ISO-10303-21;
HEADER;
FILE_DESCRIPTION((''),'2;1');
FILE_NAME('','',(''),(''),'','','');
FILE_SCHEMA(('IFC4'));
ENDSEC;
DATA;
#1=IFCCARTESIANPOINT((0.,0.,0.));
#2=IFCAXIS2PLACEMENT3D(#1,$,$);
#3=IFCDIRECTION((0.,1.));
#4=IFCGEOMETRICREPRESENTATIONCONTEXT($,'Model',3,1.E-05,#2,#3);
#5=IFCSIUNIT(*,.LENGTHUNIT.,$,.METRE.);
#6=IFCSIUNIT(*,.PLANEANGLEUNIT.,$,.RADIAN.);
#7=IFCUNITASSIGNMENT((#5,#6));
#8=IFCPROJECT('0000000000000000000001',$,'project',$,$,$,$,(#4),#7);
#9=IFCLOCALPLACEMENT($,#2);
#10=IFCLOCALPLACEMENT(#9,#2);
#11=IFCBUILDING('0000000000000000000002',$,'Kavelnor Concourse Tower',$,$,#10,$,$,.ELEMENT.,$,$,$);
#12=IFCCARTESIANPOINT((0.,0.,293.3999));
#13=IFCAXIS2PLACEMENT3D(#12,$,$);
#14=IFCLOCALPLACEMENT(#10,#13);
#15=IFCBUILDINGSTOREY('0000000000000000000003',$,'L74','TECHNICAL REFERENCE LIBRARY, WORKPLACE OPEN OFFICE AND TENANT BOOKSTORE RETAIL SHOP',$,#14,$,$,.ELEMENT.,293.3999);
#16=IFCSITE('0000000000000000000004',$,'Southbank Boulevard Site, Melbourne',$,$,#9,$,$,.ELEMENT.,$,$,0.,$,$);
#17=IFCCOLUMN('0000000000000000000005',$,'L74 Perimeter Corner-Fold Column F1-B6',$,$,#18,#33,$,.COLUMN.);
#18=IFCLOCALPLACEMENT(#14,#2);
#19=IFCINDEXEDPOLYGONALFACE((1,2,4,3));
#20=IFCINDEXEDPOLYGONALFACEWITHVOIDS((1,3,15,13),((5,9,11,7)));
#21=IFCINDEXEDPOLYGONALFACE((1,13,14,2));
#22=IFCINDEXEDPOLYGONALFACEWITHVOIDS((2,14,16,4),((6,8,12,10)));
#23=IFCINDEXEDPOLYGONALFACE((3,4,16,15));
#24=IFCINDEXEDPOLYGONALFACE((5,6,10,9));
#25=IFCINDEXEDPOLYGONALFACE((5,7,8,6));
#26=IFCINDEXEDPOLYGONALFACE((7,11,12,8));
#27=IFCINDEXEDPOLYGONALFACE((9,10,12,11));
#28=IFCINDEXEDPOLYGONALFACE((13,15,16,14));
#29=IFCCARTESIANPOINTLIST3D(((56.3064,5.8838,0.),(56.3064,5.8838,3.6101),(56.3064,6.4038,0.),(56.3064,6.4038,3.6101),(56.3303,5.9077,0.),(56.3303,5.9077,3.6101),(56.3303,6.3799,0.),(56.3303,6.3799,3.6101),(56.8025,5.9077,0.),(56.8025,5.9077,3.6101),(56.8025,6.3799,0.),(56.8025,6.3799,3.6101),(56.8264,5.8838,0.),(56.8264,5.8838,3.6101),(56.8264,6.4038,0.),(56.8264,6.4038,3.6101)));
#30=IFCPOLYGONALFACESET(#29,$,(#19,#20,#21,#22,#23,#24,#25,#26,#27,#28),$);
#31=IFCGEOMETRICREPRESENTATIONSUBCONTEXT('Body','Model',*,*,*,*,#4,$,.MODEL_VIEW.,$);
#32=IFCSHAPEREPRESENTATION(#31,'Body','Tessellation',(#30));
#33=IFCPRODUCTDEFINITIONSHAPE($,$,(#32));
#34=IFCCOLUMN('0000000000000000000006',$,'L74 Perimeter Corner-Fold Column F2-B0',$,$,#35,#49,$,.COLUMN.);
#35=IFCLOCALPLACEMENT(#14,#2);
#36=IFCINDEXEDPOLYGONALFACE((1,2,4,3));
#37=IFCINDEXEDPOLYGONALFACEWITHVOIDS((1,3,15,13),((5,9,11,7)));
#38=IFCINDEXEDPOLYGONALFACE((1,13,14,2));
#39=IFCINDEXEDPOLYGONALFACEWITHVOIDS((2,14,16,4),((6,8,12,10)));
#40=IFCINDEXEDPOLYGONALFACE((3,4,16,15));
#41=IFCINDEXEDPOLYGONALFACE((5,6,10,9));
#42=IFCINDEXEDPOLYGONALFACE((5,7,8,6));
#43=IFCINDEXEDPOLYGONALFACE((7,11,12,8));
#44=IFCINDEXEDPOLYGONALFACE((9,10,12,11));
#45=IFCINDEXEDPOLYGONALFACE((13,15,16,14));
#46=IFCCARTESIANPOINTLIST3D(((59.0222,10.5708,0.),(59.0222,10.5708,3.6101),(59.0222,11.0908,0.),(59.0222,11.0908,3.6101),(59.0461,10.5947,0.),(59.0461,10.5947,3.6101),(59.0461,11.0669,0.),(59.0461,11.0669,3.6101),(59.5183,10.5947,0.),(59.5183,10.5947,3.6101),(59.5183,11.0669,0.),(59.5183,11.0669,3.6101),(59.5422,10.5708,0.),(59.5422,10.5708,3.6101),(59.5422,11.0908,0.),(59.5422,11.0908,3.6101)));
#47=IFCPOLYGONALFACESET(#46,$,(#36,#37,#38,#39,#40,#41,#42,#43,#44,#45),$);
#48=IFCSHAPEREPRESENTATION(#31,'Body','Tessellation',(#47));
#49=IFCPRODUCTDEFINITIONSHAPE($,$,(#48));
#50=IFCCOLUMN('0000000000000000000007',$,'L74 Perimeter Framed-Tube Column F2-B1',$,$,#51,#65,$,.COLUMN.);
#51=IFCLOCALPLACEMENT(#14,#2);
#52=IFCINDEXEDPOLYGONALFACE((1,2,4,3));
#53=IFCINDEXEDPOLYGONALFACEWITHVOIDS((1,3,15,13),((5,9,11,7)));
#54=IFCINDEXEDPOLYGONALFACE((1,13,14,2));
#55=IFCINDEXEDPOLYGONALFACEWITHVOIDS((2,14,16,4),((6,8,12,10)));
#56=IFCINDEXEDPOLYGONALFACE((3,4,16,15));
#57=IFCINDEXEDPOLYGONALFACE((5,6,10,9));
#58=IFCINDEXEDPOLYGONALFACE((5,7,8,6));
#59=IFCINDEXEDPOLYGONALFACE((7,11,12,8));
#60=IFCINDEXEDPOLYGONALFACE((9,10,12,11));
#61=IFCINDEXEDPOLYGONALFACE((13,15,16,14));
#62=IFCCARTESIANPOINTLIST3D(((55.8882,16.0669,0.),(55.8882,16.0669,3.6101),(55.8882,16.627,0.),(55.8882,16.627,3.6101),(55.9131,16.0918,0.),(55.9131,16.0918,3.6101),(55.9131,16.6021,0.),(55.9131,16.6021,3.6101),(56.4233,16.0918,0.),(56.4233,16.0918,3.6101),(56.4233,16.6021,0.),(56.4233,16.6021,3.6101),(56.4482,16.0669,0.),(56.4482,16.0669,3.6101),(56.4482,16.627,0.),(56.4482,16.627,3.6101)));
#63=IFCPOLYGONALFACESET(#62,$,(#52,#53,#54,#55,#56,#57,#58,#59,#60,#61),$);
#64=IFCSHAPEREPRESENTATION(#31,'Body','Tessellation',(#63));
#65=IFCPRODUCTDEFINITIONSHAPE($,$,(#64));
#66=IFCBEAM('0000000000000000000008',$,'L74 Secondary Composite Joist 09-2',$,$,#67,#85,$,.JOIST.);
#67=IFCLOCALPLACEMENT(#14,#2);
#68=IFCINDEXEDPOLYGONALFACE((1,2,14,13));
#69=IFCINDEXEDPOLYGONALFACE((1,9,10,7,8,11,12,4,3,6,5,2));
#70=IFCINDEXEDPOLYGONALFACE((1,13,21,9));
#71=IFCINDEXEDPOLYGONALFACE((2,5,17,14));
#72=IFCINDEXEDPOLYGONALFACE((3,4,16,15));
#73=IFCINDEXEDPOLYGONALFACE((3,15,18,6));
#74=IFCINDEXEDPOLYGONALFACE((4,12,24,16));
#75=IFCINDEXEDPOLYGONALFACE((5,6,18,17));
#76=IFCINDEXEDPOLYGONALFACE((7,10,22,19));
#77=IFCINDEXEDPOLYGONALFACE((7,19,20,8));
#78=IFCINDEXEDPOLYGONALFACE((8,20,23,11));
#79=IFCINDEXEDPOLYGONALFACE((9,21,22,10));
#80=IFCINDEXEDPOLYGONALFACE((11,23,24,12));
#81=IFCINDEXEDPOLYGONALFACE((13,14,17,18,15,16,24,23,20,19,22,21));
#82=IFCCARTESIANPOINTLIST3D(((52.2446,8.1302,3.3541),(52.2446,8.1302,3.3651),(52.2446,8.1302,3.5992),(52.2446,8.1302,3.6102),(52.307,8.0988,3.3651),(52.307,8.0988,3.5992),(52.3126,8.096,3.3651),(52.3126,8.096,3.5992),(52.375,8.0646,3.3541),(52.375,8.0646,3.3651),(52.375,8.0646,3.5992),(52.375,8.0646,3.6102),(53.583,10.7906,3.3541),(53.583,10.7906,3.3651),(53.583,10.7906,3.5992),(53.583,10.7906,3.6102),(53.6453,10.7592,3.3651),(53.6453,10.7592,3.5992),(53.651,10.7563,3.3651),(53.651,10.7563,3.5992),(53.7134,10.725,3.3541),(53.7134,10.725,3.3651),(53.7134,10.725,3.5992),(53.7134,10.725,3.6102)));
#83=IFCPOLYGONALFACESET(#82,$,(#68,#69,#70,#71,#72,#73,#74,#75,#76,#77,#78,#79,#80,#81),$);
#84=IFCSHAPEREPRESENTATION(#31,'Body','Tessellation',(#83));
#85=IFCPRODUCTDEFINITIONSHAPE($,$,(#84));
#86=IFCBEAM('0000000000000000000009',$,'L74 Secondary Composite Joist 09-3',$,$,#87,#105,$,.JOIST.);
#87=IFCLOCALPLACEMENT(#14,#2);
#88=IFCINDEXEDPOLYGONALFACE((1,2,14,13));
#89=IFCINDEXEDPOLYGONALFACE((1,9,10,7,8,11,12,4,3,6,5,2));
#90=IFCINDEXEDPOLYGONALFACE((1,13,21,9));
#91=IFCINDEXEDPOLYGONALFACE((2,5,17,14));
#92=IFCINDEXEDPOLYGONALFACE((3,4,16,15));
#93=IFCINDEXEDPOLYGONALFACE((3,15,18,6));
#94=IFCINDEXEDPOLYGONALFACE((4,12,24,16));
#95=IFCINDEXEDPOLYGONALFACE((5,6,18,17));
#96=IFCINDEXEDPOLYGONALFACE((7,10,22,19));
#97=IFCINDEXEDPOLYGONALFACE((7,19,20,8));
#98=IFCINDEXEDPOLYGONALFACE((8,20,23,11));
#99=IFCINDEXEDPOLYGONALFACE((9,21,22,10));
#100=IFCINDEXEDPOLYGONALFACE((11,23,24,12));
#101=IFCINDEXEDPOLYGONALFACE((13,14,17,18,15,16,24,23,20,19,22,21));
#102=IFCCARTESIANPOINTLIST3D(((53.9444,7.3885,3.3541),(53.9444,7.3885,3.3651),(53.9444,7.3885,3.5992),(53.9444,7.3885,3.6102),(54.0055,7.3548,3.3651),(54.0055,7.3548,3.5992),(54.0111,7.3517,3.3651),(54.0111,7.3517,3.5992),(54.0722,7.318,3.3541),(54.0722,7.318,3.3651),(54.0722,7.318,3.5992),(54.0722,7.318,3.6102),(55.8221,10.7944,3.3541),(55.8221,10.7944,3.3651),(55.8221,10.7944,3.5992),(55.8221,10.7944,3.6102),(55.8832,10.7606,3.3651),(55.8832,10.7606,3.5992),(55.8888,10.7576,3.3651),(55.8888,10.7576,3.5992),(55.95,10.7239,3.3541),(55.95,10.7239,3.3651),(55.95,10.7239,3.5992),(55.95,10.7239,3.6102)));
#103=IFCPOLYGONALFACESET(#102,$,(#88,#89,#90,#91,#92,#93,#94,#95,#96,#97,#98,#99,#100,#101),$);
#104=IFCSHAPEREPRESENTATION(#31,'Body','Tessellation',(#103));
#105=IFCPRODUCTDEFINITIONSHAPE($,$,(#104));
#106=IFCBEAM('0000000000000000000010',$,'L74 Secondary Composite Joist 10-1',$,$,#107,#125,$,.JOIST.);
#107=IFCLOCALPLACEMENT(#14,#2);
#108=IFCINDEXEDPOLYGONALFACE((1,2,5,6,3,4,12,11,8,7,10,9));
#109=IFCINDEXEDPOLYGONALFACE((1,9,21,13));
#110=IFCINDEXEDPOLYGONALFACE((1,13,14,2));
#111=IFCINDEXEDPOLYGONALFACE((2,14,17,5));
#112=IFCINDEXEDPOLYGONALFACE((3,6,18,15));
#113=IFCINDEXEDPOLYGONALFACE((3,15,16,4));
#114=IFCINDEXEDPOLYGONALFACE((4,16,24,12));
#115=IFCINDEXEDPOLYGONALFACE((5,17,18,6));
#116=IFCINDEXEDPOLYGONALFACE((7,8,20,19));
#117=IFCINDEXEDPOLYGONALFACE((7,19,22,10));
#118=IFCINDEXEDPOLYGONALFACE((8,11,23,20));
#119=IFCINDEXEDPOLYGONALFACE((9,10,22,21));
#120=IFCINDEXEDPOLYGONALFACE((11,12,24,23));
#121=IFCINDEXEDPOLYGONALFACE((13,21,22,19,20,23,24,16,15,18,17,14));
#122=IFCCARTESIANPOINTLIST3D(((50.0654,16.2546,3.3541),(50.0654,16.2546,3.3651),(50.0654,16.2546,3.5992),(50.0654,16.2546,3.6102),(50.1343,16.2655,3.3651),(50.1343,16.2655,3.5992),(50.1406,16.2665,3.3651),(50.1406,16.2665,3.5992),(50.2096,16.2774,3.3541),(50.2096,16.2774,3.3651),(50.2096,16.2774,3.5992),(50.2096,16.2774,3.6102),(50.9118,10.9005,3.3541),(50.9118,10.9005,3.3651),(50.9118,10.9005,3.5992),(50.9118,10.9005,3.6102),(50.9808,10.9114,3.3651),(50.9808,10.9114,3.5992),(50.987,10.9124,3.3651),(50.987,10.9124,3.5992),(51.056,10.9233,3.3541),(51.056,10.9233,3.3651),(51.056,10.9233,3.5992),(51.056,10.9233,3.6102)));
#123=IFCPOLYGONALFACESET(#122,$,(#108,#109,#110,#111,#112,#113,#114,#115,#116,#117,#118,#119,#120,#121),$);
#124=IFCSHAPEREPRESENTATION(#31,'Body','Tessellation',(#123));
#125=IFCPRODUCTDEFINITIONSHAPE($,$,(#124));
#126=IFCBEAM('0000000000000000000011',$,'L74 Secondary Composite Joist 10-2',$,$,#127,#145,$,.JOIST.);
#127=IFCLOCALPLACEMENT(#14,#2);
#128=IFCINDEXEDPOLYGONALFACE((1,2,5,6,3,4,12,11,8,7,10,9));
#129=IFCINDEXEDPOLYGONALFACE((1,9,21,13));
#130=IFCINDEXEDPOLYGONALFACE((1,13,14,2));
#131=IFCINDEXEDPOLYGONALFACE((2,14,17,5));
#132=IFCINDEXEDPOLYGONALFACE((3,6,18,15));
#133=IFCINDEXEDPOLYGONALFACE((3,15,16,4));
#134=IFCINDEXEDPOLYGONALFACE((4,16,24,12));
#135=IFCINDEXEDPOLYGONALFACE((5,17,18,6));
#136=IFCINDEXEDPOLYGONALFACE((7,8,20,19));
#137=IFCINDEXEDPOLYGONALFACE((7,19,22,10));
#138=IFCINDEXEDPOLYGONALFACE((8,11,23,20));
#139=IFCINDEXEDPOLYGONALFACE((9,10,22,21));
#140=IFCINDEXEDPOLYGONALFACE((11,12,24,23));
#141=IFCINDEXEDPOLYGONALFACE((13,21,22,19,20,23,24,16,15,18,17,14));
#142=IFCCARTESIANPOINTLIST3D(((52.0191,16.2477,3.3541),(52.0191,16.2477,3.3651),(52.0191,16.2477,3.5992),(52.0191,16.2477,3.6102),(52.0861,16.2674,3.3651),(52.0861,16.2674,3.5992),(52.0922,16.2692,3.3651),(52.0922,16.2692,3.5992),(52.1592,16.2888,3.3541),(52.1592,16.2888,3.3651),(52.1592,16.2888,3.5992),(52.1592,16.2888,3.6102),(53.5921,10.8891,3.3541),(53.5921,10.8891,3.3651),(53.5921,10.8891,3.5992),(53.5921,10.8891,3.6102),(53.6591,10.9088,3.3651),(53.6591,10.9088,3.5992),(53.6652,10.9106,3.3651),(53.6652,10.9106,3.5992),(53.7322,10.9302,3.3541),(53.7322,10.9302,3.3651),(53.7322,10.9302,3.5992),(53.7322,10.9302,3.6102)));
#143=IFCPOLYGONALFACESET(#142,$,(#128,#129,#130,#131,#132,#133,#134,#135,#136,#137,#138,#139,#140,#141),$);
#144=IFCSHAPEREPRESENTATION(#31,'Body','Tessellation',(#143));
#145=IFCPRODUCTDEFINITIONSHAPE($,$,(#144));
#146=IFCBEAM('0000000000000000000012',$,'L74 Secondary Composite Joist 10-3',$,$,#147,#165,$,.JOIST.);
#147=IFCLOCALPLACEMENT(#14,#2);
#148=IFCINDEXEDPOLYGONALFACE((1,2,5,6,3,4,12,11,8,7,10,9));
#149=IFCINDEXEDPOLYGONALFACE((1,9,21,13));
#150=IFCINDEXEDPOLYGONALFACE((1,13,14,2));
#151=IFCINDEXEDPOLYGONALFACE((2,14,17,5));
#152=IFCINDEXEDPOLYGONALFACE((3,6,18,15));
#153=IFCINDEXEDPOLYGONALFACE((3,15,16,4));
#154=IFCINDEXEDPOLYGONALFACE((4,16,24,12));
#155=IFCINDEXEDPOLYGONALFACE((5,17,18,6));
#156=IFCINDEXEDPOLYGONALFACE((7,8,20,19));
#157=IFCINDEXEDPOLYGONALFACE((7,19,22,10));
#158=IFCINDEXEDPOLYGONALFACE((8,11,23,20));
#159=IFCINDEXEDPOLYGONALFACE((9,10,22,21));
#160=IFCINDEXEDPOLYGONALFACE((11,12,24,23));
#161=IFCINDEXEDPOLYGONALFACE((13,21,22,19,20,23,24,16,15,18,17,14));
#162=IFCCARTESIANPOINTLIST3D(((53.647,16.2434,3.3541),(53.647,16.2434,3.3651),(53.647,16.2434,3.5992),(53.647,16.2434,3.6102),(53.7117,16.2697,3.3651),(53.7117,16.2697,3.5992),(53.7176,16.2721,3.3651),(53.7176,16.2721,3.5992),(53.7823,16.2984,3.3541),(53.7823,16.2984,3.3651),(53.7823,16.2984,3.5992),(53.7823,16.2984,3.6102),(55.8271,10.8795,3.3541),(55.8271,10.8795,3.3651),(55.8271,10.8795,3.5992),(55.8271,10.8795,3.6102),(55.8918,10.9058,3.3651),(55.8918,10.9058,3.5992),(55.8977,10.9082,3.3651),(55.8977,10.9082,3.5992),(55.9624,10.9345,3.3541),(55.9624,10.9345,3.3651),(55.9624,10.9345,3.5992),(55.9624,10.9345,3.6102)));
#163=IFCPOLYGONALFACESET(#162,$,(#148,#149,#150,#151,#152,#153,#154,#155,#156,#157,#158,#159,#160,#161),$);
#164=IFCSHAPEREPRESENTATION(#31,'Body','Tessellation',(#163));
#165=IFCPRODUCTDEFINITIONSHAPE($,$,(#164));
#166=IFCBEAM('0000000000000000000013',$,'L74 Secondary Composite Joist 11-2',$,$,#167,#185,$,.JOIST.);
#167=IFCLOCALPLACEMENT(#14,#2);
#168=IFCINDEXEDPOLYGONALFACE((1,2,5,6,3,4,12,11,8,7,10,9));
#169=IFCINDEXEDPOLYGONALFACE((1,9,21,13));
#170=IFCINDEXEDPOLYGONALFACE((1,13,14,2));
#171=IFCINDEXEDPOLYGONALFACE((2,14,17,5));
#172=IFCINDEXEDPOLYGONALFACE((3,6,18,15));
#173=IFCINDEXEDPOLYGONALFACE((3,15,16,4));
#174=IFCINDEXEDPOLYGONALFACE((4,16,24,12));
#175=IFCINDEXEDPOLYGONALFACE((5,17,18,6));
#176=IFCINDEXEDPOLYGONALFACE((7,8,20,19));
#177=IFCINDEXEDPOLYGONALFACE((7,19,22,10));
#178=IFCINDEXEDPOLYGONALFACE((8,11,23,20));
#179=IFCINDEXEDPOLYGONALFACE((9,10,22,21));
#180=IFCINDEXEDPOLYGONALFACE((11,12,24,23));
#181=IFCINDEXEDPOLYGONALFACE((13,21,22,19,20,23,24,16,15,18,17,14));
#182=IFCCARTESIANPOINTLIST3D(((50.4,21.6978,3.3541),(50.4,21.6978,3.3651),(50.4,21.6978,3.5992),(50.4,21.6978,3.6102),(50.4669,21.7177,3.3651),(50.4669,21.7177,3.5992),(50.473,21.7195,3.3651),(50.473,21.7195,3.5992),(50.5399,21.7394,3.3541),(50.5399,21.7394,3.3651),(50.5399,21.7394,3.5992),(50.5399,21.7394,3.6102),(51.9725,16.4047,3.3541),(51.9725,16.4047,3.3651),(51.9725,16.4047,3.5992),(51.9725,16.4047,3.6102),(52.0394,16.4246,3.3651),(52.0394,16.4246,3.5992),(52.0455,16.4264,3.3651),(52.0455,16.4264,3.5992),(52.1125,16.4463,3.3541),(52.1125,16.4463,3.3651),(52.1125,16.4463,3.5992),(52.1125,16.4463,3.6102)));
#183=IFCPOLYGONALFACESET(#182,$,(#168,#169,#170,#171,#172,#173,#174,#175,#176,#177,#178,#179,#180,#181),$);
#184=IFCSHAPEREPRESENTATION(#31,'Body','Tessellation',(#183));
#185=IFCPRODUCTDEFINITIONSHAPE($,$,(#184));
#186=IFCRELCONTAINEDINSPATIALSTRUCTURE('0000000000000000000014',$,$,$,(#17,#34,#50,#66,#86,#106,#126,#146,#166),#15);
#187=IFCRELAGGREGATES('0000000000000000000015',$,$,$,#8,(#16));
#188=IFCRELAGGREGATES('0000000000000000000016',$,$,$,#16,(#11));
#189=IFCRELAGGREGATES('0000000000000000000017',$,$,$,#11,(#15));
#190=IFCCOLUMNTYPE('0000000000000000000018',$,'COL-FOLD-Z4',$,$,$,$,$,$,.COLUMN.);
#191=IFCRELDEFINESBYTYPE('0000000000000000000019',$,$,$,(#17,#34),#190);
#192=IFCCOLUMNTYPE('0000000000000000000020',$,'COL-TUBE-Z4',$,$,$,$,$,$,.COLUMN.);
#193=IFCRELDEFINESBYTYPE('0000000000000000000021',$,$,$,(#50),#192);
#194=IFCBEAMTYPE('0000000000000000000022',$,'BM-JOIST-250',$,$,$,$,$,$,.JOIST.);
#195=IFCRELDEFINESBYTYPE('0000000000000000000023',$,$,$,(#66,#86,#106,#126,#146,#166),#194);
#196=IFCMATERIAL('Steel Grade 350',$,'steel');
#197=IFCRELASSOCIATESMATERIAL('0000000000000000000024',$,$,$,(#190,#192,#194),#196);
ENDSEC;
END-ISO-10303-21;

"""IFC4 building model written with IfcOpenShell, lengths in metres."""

from ifc_helpers import new_model, si_unit, direction, frame, origin, origin_2d, place, context, subcontext, project, spatial, hollow_rectangle, i_section, extrude, material, material_profile, profile_set, type_object, element, save


model = new_model("IFC4")

# Units and contexts
model_context = context("Model", 3, precision=1e-05, world=origin(), true_north=direction((0.0, 1.0)))
body_context = subcontext(model_context, "Body", "Model", "MODEL_VIEW")
ifc_project = project(units=[si_unit("LENGTHUNIT", "METRE"), si_unit("PLANEANGLEUNIT", "RADIAN")], contexts=[model_context])

# Site, building, storey
site_placement = place(None, origin())
site = spatial("IfcSite", under=ifc_project, at=site_placement, Name="Southbank Boulevard Site, Melbourne", CompositionType="ELEMENT", RefElevation=0.0)
building_placement = place(site_placement, origin())
building = spatial("IfcBuilding", under=site, at=building_placement, Name="Kavelnor Concourse Tower", CompositionType="ELEMENT")
storey_placement = place(building_placement, frame((0.0, 0.0, 293.3999)))
storey = spatial("IfcBuildingStorey", under=building, at=storey_placement, Name="L74", Description="TECHNICAL REFERENCE LIBRARY, WORKPLACE OPEN OFFICE AND TENANT BOOKSTORE RETAIL SHOP", CompositionType="ELEMENT", Elevation=293.3999)

# Columns
ifc_material_1 = material(Name="Steel Grade 350", Category="steel")
ifc_material_profile_1 = material_profile(ifc_material_1, hollow_rectangle(XDim=0.52, YDim=0.52, WallThickness=0.0239, at=origin_2d()), Name="SHS 520x520x24")
ifc_profile_set_1 = profile_set([ifc_material_profile_1], Name="Steel Grade 350")
column_type_1 = type_object("IfcColumnType", Name="COL-FOLD-Z4", PredefinedType="COLUMN", material=ifc_profile_set_1)
for number, where, z_axis, x_axis, name in (
    (1, (56.5664, 6.1438, 0.0), (0.0, 0.0, 1.0), (1.0, 0.0, 0.0), "L74 Perimeter Corner-Fold Column F1-B6"),
    (2, (59.2822, 10.8308, 0.0), (0.0, 0.0, 1.0), (1.0, 0.0, 0.0), "L74 Perimeter Corner-Fold Column F2-B0"),
):
    element("IfcColumn", number, at=place(storey_placement, frame(where, z_axis=z_axis, x_axis=x_axis)), inside=storey, type_object=column_type_1, Name=name, PredefinedType="COLUMN", context=body_context, shape_type="SweptSolid", body=[
        extrude(hollow_rectangle(XDim=0.52, YDim=0.52, WallThickness=0.0239, at=origin_2d()), origin(), (0.0, 0.0, 1.0), 3.6101),
    ])
ifc_material_profile_2 = material_profile(ifc_material_1, hollow_rectangle(XDim=0.5601, YDim=0.5601, WallThickness=0.0249, at=origin_2d()), Name="SHS 560x560x25")
ifc_profile_set_2 = profile_set([ifc_material_profile_2], Name="Steel Grade 350")
column_type_2 = type_object("IfcColumnType", Name="COL-TUBE-Z4", PredefinedType="COLUMN", material=ifc_profile_set_2)
column_placement = place(storey_placement, frame((56.1682, 16.3469, 0.0), z_axis=(0.0, 0.0, 1.0), x_axis=(1.0, 0.0, 0.0)))
element("IfcColumn", 3, at=column_placement, inside=storey, type_object=column_type_2, Name="L74 Perimeter Framed-Tube Column F2-B1", PredefinedType="COLUMN", context=body_context, shape_type="SweptSolid", body=[
    extrude(hollow_rectangle(XDim=0.5601, YDim=0.5601, WallThickness=0.0249, at=origin_2d()), origin(), (0.0, 0.0, 1.0), 3.6101),
])

# Beams
ifc_material_profile_3 = material_profile(ifc_material_1, i_section(OverallWidth=0.146, OverallDepth=0.2561, WebThickness=0.0063, FlangeThickness=0.011, at=origin_2d()), Name="250UB37")
ifc_profile_set_3 = profile_set([ifc_material_profile_3], Name="Steel Grade 350")
beam_type_1 = type_object("IfcBeamType", Name="BM-JOIST-250", PredefinedType="JOIST", material=ifc_profile_set_3)
beam_1_placement = place(storey_placement, frame((52.3098, 8.0974, 3.4822), z_axis=(0.449409, 0.893326, 0.0), x_axis=(-0.893326, 0.449409, 0.0)))
element("IfcBeam", 4, at=beam_1_placement, inside=storey, type_object=beam_type_1, Name="L74 Secondary Composite Joist 09-2", PredefinedType="JOIST", context=body_context, shape_type="SweptSolid", body=[
    extrude(i_section(OverallWidth=0.146, OverallDepth=0.2561, WebThickness=0.0063, FlangeThickness=0.011, at=origin_2d()), origin(), (0.0, 0.0, 1.0), 2.978),
])
beam_2_placement = place(storey_placement, frame((54.0083, 7.3533, 3.4822), z_axis=(0.48281, 0.875725, 0.0), x_axis=(-0.875725, 0.48281, 0.0)))
element("IfcBeam", 5, at=beam_2_placement, inside=storey, type_object=beam_type_1, Name="L74 Secondary Composite Joist 09-3", PredefinedType="JOIST", context=body_context, shape_type="SweptSolid", body=[
    extrude(i_section(OverallWidth=0.146, OverallDepth=0.2561, WebThickness=0.0063, FlangeThickness=0.011, at=origin_2d()), origin(), (0.0, 0.0, 1.0), 3.8892),
])
beam_3_placement = place(storey_placement, frame((50.9839, 10.9119, 3.4822), z_axis=(-0.156148, 0.987734, 0.0), x_axis=(-0.987734, -0.156148, 0.0)))
element("IfcBeam", 6, at=beam_3_placement, inside=storey, type_object=beam_type_1, Name="L74 Secondary Composite Joist 10-1", PredefinedType="JOIST", context=body_context, shape_type="SweptSolid", body=[
    extrude(i_section(OverallWidth=0.146, OverallDepth=0.2561, WebThickness=0.0063, FlangeThickness=0.011, at=origin_2d()), origin(), (0.0, 0.0, 1.0), 5.4207),
])
beam_4_placement = place(storey_placement, frame((53.6621, 10.9097, 3.4822), z_axis=(-0.28166, 0.959514, 0.0), x_axis=(-0.959514, -0.28166, 0.0)))
element("IfcBeam", 7, at=beam_4_placement, inside=storey, type_object=beam_type_1, Name="L74 Secondary Composite Joist 10-2", PredefinedType="JOIST", context=body_context, shape_type="SweptSolid", body=[
    extrude(i_section(OverallWidth=0.146, OverallDepth=0.2561, WebThickness=0.0063, FlangeThickness=0.011, at=origin_2d()), origin(), (0.0, 0.0, 1.0), 5.5847),
])
beam_5_placement = place(storey_placement, frame((55.8948, 10.907, 3.4822), z_axis=(-0.376532, 0.926404, 0.0), x_axis=(-0.926404, -0.376532, 0.0)))
element("IfcBeam", 8, at=beam_5_placement, inside=storey, type_object=beam_type_1, Name="L74 Secondary Composite Joist 10-3", PredefinedType="JOIST", context=body_context, shape_type="SweptSolid", body=[
    extrude(i_section(OverallWidth=0.146, OverallDepth=0.2561, WebThickness=0.0063, FlangeThickness=0.011, at=origin_2d()), origin(), (0.0, 0.0, 1.0), 5.79),
])
beam_6_placement = place(storey_placement, frame((52.0425, 16.4255, 3.4822), z_axis=(-0.284791, 0.95859, 0.0), x_axis=(-0.95859, -0.284791, 0.0)))
element("IfcBeam", 9, at=beam_6_placement, inside=storey, type_object=beam_type_1, Name="L74 Secondary Composite Joist 11-2", PredefinedType="JOIST", context=body_context, shape_type="SweptSolid", body=[
    extrude(i_section(OverallWidth=0.146, OverallDepth=0.2561, WebThickness=0.0063, FlangeThickness=0.011, at=origin_2d()), origin(), (0.0, 0.0, 1.0), 5.5217),
])

save(model, "model.ifc")
